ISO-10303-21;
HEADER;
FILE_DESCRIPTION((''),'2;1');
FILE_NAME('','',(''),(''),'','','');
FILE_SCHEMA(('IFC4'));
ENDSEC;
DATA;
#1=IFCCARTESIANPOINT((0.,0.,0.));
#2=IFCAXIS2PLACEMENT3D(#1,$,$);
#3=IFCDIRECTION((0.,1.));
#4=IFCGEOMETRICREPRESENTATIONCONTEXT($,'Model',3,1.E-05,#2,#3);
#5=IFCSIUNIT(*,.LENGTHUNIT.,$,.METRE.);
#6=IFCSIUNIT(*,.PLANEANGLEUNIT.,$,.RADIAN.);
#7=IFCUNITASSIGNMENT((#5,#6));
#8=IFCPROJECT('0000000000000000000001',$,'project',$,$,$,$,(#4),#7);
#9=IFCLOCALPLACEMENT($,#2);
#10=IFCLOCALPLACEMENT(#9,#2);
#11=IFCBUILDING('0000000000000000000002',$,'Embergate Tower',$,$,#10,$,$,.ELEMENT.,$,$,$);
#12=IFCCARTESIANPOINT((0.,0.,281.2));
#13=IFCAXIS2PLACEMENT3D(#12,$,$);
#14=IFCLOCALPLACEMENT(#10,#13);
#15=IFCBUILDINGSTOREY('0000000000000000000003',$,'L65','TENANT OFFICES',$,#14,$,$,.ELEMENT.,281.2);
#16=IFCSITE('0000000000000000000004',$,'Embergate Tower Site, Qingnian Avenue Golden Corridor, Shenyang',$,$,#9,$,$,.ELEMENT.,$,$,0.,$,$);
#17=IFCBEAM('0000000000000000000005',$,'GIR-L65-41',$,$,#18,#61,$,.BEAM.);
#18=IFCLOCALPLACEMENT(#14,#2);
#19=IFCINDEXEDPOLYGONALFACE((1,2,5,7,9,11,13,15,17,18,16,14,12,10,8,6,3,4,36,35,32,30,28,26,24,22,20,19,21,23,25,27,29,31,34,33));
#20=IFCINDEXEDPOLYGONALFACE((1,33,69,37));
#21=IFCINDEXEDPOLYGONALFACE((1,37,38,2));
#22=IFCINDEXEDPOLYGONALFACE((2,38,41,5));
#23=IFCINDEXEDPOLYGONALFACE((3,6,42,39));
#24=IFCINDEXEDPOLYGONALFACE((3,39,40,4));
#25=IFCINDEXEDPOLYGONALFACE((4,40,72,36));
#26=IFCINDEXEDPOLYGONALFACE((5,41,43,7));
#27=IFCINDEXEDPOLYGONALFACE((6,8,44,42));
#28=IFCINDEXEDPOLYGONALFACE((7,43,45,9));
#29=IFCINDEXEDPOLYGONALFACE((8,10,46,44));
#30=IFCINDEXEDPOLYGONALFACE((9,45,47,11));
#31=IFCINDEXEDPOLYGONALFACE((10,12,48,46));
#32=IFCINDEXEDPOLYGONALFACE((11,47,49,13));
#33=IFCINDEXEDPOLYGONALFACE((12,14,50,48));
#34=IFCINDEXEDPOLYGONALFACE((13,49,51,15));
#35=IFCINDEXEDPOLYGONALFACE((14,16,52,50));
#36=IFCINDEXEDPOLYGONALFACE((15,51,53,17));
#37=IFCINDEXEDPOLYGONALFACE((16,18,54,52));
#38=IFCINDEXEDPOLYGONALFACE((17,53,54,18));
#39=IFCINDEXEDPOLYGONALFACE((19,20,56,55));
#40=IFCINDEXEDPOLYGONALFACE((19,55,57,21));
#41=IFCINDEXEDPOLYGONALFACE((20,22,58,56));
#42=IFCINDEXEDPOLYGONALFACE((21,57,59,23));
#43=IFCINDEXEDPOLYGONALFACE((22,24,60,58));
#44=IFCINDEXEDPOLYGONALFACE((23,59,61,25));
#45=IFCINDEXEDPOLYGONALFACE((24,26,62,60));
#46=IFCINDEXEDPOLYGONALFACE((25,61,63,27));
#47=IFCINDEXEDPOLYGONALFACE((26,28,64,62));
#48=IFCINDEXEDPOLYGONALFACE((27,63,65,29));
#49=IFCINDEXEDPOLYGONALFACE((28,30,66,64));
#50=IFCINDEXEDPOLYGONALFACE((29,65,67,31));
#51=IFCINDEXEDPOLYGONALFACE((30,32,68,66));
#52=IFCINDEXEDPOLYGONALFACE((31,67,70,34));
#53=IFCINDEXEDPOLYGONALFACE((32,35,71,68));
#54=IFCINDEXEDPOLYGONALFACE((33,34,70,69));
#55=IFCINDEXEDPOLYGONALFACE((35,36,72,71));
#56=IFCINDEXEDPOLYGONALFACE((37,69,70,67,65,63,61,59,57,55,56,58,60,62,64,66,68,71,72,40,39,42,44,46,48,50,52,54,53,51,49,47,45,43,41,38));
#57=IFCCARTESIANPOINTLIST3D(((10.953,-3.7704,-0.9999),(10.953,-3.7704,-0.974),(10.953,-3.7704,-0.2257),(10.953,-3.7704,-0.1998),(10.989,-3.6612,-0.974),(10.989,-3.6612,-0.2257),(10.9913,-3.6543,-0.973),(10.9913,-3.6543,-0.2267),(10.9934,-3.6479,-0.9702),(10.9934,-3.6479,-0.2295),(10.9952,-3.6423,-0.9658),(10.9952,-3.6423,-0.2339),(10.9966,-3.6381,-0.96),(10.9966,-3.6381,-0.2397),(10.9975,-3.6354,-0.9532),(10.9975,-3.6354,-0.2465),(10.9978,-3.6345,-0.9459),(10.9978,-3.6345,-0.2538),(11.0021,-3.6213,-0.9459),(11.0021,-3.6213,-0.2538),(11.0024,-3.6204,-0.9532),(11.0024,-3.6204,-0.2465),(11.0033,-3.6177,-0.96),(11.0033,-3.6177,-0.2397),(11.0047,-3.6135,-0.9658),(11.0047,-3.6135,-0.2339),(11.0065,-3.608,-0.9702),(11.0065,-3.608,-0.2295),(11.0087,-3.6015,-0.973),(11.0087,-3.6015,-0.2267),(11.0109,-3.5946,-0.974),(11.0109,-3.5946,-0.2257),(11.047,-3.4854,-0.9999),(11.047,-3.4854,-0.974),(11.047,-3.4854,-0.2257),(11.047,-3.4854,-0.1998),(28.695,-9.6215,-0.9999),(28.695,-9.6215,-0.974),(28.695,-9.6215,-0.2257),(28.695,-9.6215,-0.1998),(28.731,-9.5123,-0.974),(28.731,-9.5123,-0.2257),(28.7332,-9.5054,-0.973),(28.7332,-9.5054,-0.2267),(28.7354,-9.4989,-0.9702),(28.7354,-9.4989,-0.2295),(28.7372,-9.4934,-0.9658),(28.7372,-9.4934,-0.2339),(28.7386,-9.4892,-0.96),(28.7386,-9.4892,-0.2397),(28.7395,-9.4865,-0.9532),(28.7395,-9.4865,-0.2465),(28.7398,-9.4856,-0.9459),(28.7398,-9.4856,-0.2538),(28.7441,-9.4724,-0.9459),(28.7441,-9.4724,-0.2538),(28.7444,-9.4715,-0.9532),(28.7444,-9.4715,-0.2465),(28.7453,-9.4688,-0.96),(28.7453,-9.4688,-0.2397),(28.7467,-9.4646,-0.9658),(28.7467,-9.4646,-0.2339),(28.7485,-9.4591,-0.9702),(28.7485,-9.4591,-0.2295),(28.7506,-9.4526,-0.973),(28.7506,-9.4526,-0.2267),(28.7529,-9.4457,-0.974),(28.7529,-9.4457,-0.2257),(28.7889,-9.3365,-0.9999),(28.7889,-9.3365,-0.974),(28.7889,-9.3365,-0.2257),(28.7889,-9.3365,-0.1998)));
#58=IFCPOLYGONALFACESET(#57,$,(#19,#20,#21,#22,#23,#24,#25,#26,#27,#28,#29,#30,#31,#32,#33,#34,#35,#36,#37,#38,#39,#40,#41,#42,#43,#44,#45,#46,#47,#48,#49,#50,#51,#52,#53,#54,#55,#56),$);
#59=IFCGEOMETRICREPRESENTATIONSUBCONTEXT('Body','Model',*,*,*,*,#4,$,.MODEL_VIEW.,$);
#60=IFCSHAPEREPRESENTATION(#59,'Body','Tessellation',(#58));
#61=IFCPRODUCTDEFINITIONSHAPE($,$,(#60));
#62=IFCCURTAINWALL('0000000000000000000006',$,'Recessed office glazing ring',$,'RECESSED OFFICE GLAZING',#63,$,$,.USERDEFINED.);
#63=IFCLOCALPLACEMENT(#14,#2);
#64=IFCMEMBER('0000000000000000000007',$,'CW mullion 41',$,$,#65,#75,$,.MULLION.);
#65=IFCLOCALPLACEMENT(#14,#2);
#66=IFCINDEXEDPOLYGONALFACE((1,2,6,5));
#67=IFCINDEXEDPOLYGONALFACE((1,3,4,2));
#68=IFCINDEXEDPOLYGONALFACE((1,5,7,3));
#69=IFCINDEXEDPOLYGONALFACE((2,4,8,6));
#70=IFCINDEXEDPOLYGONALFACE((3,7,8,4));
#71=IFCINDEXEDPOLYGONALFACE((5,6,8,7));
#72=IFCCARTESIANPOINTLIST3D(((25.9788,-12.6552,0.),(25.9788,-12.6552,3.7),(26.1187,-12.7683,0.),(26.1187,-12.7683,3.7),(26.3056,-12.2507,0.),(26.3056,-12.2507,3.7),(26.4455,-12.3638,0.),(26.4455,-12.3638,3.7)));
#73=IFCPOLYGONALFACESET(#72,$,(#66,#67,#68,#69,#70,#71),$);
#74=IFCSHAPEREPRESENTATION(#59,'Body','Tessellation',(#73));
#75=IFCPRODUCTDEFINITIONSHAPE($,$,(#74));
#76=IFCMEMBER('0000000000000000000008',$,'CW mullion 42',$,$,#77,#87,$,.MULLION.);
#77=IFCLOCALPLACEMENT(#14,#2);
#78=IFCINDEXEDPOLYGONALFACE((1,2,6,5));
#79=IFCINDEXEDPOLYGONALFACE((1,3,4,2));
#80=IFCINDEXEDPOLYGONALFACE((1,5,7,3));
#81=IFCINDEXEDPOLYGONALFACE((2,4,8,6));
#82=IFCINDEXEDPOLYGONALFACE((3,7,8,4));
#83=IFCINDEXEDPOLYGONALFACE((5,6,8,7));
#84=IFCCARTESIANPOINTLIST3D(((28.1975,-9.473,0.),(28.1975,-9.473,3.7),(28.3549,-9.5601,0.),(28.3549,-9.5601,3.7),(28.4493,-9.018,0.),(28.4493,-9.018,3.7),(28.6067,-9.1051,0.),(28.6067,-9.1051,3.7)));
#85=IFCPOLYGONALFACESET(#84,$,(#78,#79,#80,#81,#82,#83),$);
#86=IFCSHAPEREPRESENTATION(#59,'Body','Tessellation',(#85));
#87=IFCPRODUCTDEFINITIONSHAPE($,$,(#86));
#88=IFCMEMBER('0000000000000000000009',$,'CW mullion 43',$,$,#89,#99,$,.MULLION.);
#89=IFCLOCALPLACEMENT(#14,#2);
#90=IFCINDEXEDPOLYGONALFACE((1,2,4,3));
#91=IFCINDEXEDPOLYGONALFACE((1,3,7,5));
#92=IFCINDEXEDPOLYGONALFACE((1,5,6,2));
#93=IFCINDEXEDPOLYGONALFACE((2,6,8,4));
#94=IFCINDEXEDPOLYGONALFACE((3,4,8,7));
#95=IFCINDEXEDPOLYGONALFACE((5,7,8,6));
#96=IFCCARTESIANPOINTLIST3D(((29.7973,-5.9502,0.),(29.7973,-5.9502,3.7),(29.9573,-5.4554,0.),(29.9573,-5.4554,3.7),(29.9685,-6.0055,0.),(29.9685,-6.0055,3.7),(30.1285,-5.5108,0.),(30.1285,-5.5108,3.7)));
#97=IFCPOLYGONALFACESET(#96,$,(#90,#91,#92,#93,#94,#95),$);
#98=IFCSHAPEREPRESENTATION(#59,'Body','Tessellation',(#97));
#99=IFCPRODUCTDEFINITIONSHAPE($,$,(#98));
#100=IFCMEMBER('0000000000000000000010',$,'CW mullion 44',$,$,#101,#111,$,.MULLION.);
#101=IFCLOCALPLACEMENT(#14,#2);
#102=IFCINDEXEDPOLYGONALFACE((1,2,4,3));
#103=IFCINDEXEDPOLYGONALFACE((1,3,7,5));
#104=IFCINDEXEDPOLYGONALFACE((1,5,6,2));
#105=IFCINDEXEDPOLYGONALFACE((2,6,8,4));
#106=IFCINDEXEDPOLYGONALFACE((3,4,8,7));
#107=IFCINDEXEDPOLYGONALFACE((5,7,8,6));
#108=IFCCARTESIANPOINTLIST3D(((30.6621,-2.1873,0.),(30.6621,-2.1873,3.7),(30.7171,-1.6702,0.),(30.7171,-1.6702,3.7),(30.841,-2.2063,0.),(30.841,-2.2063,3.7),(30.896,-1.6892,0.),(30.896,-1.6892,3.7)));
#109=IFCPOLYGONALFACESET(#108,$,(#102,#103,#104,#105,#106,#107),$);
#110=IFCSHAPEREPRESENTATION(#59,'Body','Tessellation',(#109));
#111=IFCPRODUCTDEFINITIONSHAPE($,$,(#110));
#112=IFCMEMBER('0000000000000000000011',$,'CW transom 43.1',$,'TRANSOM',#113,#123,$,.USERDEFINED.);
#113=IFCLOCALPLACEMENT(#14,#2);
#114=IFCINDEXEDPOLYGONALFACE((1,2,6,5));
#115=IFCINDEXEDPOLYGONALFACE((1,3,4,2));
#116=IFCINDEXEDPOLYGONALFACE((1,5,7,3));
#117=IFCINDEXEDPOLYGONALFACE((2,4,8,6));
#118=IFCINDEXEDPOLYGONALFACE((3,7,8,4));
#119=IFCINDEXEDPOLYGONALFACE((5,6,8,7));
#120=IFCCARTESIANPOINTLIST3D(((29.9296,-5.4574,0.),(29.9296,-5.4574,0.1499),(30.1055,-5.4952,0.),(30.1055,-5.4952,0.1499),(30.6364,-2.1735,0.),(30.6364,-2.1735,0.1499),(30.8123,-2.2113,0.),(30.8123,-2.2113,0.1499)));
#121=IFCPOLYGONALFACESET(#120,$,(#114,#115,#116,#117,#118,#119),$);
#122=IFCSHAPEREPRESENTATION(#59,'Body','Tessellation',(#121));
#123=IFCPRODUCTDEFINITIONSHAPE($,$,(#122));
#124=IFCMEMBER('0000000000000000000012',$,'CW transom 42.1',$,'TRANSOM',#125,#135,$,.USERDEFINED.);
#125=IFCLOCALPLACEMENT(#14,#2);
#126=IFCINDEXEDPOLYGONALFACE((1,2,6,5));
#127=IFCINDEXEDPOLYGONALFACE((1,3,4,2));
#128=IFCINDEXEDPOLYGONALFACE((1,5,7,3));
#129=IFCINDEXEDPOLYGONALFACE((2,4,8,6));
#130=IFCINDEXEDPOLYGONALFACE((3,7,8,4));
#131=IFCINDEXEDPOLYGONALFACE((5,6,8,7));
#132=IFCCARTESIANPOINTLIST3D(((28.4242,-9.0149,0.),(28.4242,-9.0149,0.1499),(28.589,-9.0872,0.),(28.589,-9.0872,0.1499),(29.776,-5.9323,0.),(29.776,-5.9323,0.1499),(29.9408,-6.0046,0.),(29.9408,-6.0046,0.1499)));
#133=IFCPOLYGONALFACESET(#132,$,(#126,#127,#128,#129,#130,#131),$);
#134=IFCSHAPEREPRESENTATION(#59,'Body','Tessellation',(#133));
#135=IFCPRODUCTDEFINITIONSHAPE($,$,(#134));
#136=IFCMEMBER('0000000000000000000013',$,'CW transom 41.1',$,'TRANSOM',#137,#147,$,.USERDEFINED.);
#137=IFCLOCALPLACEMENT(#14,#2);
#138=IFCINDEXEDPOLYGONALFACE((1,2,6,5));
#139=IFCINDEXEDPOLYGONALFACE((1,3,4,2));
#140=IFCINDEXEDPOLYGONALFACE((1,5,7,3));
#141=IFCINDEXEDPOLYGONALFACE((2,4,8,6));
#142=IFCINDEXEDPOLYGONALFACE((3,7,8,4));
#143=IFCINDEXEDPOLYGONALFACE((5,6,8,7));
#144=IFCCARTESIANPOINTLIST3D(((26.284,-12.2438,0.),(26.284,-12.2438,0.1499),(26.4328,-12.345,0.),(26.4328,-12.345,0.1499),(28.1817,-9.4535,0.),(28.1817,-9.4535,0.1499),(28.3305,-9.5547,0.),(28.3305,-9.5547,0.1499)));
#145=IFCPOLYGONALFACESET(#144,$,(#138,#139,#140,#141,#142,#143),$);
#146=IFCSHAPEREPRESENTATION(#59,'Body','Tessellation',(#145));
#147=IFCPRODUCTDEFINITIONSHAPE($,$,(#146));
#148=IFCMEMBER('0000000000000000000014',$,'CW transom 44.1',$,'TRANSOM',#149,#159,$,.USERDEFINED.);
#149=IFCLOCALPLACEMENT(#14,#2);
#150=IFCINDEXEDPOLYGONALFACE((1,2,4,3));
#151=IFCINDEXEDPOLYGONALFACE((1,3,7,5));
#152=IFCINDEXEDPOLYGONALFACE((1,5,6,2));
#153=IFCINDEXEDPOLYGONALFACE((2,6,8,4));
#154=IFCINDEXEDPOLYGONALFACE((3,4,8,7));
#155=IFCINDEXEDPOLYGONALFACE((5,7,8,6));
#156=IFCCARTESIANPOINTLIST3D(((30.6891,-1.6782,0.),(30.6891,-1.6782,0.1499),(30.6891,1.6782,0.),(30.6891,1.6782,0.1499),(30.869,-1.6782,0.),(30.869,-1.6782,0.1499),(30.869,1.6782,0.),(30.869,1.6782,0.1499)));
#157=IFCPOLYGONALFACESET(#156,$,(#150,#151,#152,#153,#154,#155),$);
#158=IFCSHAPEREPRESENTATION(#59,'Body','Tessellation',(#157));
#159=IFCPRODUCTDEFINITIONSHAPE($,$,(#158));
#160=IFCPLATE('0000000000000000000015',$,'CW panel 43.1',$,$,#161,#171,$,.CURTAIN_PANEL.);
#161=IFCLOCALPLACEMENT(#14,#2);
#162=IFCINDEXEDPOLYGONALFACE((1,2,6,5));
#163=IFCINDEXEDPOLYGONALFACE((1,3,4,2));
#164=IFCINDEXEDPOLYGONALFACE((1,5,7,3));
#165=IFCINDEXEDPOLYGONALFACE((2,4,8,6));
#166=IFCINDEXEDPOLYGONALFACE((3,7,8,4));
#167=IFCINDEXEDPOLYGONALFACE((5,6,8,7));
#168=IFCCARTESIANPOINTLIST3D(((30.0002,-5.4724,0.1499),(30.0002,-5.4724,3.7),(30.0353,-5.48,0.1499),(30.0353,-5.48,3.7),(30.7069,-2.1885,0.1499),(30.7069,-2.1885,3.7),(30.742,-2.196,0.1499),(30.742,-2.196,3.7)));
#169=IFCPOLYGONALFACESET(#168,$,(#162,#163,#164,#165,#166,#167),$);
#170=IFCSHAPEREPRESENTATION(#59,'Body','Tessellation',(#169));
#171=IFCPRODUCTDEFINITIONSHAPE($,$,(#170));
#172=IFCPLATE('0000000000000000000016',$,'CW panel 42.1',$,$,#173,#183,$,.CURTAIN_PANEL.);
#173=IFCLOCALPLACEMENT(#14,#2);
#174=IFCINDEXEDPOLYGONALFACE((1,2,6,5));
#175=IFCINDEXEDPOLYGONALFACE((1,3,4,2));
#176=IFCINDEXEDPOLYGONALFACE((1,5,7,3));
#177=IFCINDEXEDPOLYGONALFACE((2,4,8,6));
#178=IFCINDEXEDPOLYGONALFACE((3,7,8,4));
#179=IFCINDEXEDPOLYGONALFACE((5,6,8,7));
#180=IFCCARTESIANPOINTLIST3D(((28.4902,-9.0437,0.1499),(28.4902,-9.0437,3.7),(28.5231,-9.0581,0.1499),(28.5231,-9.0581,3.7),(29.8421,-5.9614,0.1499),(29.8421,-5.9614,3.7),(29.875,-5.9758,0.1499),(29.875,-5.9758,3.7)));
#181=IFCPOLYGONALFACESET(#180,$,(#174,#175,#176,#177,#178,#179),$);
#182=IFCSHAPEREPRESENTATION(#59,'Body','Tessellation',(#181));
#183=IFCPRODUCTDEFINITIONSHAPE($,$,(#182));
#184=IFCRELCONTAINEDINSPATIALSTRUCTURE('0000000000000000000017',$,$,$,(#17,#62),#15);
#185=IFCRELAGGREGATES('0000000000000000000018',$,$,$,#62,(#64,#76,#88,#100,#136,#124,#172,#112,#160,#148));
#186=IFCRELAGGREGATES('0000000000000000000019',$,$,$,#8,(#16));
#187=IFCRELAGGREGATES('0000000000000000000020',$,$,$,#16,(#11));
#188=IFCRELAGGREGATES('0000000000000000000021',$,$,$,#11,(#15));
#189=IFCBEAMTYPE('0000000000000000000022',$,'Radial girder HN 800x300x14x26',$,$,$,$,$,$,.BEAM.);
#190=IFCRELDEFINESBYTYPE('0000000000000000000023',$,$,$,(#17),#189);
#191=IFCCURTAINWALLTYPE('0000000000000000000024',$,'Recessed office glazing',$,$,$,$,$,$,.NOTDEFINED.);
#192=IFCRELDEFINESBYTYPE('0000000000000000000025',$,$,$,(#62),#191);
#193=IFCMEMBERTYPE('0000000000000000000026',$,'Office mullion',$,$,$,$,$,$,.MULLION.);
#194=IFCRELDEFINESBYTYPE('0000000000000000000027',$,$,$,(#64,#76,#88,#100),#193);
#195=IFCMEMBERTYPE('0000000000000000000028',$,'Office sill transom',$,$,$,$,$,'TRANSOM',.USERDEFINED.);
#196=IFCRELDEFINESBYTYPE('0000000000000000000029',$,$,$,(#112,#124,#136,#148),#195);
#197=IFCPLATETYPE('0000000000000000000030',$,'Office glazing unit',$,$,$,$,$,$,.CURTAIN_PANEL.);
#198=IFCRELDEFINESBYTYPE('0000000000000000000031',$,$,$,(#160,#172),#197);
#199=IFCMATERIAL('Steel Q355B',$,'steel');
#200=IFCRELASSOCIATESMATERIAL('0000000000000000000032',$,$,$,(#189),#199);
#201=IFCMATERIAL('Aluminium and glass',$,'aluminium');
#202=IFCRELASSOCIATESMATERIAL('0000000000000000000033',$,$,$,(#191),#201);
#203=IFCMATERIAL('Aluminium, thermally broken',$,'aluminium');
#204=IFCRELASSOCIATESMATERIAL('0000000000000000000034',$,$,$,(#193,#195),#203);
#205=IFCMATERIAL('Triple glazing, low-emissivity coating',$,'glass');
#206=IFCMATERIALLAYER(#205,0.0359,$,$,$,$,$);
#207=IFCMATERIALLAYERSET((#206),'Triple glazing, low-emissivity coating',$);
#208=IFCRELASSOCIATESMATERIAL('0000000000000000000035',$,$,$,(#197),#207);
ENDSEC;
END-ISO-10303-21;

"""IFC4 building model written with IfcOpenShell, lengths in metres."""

from ifc_helpers import new_model, si_unit, direction, frame, origin, origin_2d, place, context, subcontext, project, spatial, rectangle, i_section, extrude, source, transform, mapped, material, layer, layer_set, material_profile, profile_set, type_object, element, aggregate, save


model = new_model("IFC4")

# Units and contexts
model_context = context("Model", 3, precision=1e-05, world=origin(), true_north=direction((0.0, 1.0)))
body_context = subcontext(model_context, "Body", "Model", "MODEL_VIEW")
ifc_project = project(units=[si_unit("LENGTHUNIT", "METRE"), si_unit("PLANEANGLEUNIT", "RADIAN")], contexts=[model_context])

# Site, building, storey
site_placement = place(None, origin())
site = spatial("IfcSite", under=ifc_project, at=site_placement, Name="Embergate Tower Site, Qingnian Avenue Golden Corridor, Shenyang", CompositionType="ELEMENT", RefElevation=0.0)
building_placement = place(site_placement, origin())
building = spatial("IfcBuilding", under=site, at=building_placement, Name="Embergate Tower", CompositionType="ELEMENT")
storey_placement = place(building_placement, frame((0.0, 0.0, 281.2)))
storey = spatial("IfcBuildingStorey", under=building, at=storey_placement, Name="L65", Description="TENANT OFFICES", CompositionType="ELEMENT", Elevation=281.2)

# Beam
ifc_material_1 = material(Name="Steel Q355B", Category="steel")
ifc_material_profile_1 = material_profile(ifc_material_1, i_section(OverallWidth=0.3, OverallDepth=0.8, WebThickness=0.0139, FlangeThickness=0.0259, FilletRadius=0.0281, at=origin_2d()), Name="HN 800x300x14x26")
ifc_profile_set_1 = profile_set([ifc_material_profile_1], Name="Steel Q355 grade B")
beam_type_1 = type_object("IfcBeamType", Name="Radial girder HN 800x300x14x26", PredefinedType="BEAM", material=ifc_profile_set_1)
shared_shape_1 = source(origin(), body_context, "Body", "SweptSolid", [
    extrude(i_section(OverallWidth=0.3, OverallDepth=0.8, WebThickness=0.0139, FlangeThickness=0.0259, FilletRadius=0.0281, at=origin_2d()), origin(), (0.0, 0.0, 1.0), 18.6819),
])
beam_1_placement = place(storey_placement, frame((28.7419, -9.479, -0.5999), z_axis=(-0.949689, 0.313196, 0.0), x_axis=(-0.313196, -0.949689, 0.0)))
element("IfcBeam", 1, at=beam_1_placement, inside=storey, type_object=beam_type_1, Name="GIR-L65-41", PredefinedType="BEAM", context=body_context, shape_type="MappedRepresentation", body=[
    mapped(shared_shape_1, transform((0.0, 0.0, 0.0))),
])

# Curtain wall, members, plates
ifc_material_2 = material(Name="Aluminium and glass", Category="aluminium")
curtain_wall_type = type_object("IfcCurtainWallType", Name="Recessed office glazing", PredefinedType="NOTDEFINED", material=ifc_material_2)
curtain_wall_placement = place(storey_placement, origin())
curtain_wall = element("IfcCurtainWall", 2, at=curtain_wall_placement, inside=storey, type_object=curtain_wall_type, Name="Recessed office glazing ring", ObjectType="RECESSED OFFICE GLAZING", PredefinedType="USERDEFINED")
ifc_material_3 = material(Name="Aluminium, thermally broken", Category="aluminium")
ifc_material_profile_2 = material_profile(ifc_material_3, rectangle(XDim=0.1799, YDim=0.52, at=origin_2d()), Name="AL 520x180")
ifc_profile_set_2 = profile_set([ifc_material_profile_2], Name="Aluminium, thermally broken")
member_type_1 = type_object("IfcMemberType", Name="Office mullion", PredefinedType="MULLION", material=ifc_profile_set_2)
shared_shape_2 = source(origin(), body_context, "Body", "SweptSolid", [
    extrude(rectangle(XDim=0.1799, YDim=0.52, at=origin_2d()), origin(), (0.0, 0.0, 1.0), 3.7),
])
member_1_placement = place(storey_placement, frame((26.2122, -12.5095, 0.0), z_axis=(0.0, 0.0, 1.0), x_axis=(-0.777862, 0.628436, 0.0)))
member_1 = element("IfcMember", 3, at=member_1_placement, type_object=member_type_1, Name="CW mullion 41", PredefinedType="MULLION", context=body_context, shape_type="MappedRepresentation", body=[
    mapped(shared_shape_2, transform((0.0, 0.0, 0.0))),
])
member_2_placement = place(storey_placement, frame((28.4021, -9.2891, 0.0), z_axis=(0.0, 0.0, 1.0), x_axis=(-0.874993, 0.484136, 0.0)))
member_2 = element("IfcMember", 4, at=member_2_placement, type_object=member_type_1, Name="CW mullion 42", PredefinedType="MULLION", context=body_context, shape_type="MappedRepresentation", body=[
    mapped(shared_shape_2, transform((0.0, 0.0, 0.0))),
])
member_3_placement = place(storey_placement, frame((29.9629, -5.7305, 0.0), z_axis=(0.0, 0.0, 1.0), x_axis=(-0.951493, 0.307671, 0.0)))
member_3 = element("IfcMember", 5, at=member_3_placement, type_object=member_type_1, Name="CW mullion 43", PredefinedType="MULLION", context=body_context, shape_type="MappedRepresentation", body=[
    mapped(shared_shape_2, transform((0.0, 0.0, 0.0))),
])
member_4_placement = place(storey_placement, frame((30.7791, -1.9382, 0.0), z_axis=(0.0, 0.0, 1.0), x_axis=(-0.994384, 0.10583, 0.0)))
member_4 = element("IfcMember", 6, at=member_4_placement, type_object=member_type_1, Name="CW mullion 44", PredefinedType="MULLION", context=body_context, shape_type="MappedRepresentation", body=[
    mapped(shared_shape_2, transform((0.0, 0.0, 0.0))),
])
ifc_material_profile_3 = material_profile(ifc_material_3, rectangle(XDim=0.1799, YDim=0.1499, at=origin_2d()), Name="AL 150x180")
ifc_profile_set_3 = profile_set([ifc_material_profile_3], Name="Aluminium, thermally broken")
member_type_2 = type_object("IfcMemberType", Name="Office sill transom", ElementType="TRANSOM", PredefinedType="USERDEFINED", material=ifc_profile_set_3)
shared_shape_3 = source(origin(), body_context, "Body", "SweptSolid", [
    extrude(rectangle(XDim=0.1799, YDim=0.1499, at=origin_2d()), origin(), (0.0, 0.0, 1.0), 3.3591),
])
member_5_placement = place(storey_placement, frame((30.0176, -5.4763, 0.075), z_axis=(0.210408, 0.977614, 0.0), x_axis=(-0.977614, 0.210408, 0.0)))
member_5 = element("IfcMember", 7, at=member_5_placement, type_object=member_type_2, Name="CW transom 43.1", ObjectType="TRANSOM", PredefinedType="USERDEFINED", context=body_context, shape_type="MappedRepresentation", body=[
    mapped(shared_shape_3, transform((0.0, 0.0, 0.0))),
])
shared_shape_4 = source(origin(), body_context, "Body", "SweptSolid", [
    extrude(rectangle(XDim=0.1799, YDim=0.1499, at=origin_2d()), origin(), (0.0, 0.0, 1.0), 3.366),
])
member_6_placement = place(storey_placement, frame((28.5066, -9.051, 0.075), z_axis=(0.401618, 0.915807, 0.0), x_axis=(-0.915807, 0.401618, 0.0)))
member_6 = element("IfcMember", 8, at=member_6_placement, type_object=member_type_2, Name="CW transom 42.1", ObjectType="TRANSOM", PredefinedType="USERDEFINED", context=body_context, shape_type="MappedRepresentation", body=[
    mapped(shared_shape_4, transform((0.0, 0.0, 0.0))),
])
shared_shape_5 = source(origin(), body_context, "Body", "SweptSolid", [
    extrude(rectangle(XDim=0.1799, YDim=0.1499, at=origin_2d()), origin(), (0.0, 0.0, 1.0), 3.3745),
])
member_7_placement = place(storey_placement, frame((26.3584, -12.2944, 0.075), z_axis=(0.562373, 0.826883, 0.0), x_axis=(-0.826883, 0.562373, 0.0)))
member_7 = element("IfcMember", 9, at=member_7_placement, type_object=member_type_2, Name="CW transom 41.1", ObjectType="TRANSOM", PredefinedType="USERDEFINED", context=body_context, shape_type="MappedRepresentation", body=[
    mapped(shared_shape_5, transform((0.0, 0.0, 0.0))),
])
shared_shape_6 = source(origin(), body_context, "Body", "SweptSolid", [
    extrude(rectangle(XDim=0.1799, YDim=0.1499, at=origin_2d()), origin(), (0.0, 0.0, 1.0), 3.3564),
])
member_8_placement = place(storey_placement, frame((30.7791, -1.6782, 0.075), z_axis=(0.0, 1.0, 0.0), x_axis=(-1.0, 0.0, 0.0)))
member_8 = element("IfcMember", 10, at=member_8_placement, type_object=member_type_2, Name="CW transom 44.1", ObjectType="TRANSOM", PredefinedType="USERDEFINED", context=body_context, shape_type="MappedRepresentation", body=[
    mapped(shared_shape_6, transform((0.0, 0.0, 0.0))),
])
ifc_material_4 = material(Name="Triple glazing, low-emissivity coating", Category="glass")
ifc_layer_1 = layer(ifc_material_4, 0.0359)
ifc_layer_set_1 = layer_set([ifc_layer_1], Name="Triple glazing, low-emissivity coating")
plate_type = type_object("IfcPlateType", Name="Office glazing unit", PredefinedType="CURTAIN_PANEL", material=ifc_layer_set_1)
shared_shape_7 = source(origin(), body_context, "Body", "SweptSolid", [
    extrude(rectangle(XDim=3.3591, YDim=0.0359, at=origin_2d()), origin(), (0.0, 0.0, 1.0), 3.55),
])
plate_1_placement = place(storey_placement, frame((30.3711, -3.8342, 0.1499), z_axis=(0.0, 0.0, 1.0), x_axis=(0.210402, 0.977615, 0.0)))
plate_1 = element("IfcPlate", 11, at=plate_1_placement, type_object=plate_type, Name="CW panel 43.1", PredefinedType="CURTAIN_PANEL", context=body_context, shape_type="MappedRepresentation", body=[
    mapped(shared_shape_7, transform((0.0, 0.0, 0.0))),
])
shared_shape_8 = source(origin(), body_context, "Body", "SweptSolid", [
    extrude(rectangle(XDim=3.3657, YDim=0.0359, at=origin_2d()), origin(), (0.0, 0.0, 1.0), 3.55),
])
plate_2_placement = place(storey_placement, frame((29.1826, -7.5098, 0.1499), z_axis=(0.0, 0.0, 1.0), x_axis=(0.401658, 0.91579, 0.0)))
plate_2 = element("IfcPlate", 12, at=plate_2_placement, type_object=plate_type, Name="CW panel 42.1", PredefinedType="CURTAIN_PANEL", context=body_context, shape_type="MappedRepresentation", body=[
    mapped(shared_shape_8, transform((0.0, 0.0, 0.0))),
])
aggregate(curtain_wall, [member_1, member_2, member_3, member_4, member_7, member_6, plate_2, member_5, plate_1, member_8])

save(model, "model.ifc")
